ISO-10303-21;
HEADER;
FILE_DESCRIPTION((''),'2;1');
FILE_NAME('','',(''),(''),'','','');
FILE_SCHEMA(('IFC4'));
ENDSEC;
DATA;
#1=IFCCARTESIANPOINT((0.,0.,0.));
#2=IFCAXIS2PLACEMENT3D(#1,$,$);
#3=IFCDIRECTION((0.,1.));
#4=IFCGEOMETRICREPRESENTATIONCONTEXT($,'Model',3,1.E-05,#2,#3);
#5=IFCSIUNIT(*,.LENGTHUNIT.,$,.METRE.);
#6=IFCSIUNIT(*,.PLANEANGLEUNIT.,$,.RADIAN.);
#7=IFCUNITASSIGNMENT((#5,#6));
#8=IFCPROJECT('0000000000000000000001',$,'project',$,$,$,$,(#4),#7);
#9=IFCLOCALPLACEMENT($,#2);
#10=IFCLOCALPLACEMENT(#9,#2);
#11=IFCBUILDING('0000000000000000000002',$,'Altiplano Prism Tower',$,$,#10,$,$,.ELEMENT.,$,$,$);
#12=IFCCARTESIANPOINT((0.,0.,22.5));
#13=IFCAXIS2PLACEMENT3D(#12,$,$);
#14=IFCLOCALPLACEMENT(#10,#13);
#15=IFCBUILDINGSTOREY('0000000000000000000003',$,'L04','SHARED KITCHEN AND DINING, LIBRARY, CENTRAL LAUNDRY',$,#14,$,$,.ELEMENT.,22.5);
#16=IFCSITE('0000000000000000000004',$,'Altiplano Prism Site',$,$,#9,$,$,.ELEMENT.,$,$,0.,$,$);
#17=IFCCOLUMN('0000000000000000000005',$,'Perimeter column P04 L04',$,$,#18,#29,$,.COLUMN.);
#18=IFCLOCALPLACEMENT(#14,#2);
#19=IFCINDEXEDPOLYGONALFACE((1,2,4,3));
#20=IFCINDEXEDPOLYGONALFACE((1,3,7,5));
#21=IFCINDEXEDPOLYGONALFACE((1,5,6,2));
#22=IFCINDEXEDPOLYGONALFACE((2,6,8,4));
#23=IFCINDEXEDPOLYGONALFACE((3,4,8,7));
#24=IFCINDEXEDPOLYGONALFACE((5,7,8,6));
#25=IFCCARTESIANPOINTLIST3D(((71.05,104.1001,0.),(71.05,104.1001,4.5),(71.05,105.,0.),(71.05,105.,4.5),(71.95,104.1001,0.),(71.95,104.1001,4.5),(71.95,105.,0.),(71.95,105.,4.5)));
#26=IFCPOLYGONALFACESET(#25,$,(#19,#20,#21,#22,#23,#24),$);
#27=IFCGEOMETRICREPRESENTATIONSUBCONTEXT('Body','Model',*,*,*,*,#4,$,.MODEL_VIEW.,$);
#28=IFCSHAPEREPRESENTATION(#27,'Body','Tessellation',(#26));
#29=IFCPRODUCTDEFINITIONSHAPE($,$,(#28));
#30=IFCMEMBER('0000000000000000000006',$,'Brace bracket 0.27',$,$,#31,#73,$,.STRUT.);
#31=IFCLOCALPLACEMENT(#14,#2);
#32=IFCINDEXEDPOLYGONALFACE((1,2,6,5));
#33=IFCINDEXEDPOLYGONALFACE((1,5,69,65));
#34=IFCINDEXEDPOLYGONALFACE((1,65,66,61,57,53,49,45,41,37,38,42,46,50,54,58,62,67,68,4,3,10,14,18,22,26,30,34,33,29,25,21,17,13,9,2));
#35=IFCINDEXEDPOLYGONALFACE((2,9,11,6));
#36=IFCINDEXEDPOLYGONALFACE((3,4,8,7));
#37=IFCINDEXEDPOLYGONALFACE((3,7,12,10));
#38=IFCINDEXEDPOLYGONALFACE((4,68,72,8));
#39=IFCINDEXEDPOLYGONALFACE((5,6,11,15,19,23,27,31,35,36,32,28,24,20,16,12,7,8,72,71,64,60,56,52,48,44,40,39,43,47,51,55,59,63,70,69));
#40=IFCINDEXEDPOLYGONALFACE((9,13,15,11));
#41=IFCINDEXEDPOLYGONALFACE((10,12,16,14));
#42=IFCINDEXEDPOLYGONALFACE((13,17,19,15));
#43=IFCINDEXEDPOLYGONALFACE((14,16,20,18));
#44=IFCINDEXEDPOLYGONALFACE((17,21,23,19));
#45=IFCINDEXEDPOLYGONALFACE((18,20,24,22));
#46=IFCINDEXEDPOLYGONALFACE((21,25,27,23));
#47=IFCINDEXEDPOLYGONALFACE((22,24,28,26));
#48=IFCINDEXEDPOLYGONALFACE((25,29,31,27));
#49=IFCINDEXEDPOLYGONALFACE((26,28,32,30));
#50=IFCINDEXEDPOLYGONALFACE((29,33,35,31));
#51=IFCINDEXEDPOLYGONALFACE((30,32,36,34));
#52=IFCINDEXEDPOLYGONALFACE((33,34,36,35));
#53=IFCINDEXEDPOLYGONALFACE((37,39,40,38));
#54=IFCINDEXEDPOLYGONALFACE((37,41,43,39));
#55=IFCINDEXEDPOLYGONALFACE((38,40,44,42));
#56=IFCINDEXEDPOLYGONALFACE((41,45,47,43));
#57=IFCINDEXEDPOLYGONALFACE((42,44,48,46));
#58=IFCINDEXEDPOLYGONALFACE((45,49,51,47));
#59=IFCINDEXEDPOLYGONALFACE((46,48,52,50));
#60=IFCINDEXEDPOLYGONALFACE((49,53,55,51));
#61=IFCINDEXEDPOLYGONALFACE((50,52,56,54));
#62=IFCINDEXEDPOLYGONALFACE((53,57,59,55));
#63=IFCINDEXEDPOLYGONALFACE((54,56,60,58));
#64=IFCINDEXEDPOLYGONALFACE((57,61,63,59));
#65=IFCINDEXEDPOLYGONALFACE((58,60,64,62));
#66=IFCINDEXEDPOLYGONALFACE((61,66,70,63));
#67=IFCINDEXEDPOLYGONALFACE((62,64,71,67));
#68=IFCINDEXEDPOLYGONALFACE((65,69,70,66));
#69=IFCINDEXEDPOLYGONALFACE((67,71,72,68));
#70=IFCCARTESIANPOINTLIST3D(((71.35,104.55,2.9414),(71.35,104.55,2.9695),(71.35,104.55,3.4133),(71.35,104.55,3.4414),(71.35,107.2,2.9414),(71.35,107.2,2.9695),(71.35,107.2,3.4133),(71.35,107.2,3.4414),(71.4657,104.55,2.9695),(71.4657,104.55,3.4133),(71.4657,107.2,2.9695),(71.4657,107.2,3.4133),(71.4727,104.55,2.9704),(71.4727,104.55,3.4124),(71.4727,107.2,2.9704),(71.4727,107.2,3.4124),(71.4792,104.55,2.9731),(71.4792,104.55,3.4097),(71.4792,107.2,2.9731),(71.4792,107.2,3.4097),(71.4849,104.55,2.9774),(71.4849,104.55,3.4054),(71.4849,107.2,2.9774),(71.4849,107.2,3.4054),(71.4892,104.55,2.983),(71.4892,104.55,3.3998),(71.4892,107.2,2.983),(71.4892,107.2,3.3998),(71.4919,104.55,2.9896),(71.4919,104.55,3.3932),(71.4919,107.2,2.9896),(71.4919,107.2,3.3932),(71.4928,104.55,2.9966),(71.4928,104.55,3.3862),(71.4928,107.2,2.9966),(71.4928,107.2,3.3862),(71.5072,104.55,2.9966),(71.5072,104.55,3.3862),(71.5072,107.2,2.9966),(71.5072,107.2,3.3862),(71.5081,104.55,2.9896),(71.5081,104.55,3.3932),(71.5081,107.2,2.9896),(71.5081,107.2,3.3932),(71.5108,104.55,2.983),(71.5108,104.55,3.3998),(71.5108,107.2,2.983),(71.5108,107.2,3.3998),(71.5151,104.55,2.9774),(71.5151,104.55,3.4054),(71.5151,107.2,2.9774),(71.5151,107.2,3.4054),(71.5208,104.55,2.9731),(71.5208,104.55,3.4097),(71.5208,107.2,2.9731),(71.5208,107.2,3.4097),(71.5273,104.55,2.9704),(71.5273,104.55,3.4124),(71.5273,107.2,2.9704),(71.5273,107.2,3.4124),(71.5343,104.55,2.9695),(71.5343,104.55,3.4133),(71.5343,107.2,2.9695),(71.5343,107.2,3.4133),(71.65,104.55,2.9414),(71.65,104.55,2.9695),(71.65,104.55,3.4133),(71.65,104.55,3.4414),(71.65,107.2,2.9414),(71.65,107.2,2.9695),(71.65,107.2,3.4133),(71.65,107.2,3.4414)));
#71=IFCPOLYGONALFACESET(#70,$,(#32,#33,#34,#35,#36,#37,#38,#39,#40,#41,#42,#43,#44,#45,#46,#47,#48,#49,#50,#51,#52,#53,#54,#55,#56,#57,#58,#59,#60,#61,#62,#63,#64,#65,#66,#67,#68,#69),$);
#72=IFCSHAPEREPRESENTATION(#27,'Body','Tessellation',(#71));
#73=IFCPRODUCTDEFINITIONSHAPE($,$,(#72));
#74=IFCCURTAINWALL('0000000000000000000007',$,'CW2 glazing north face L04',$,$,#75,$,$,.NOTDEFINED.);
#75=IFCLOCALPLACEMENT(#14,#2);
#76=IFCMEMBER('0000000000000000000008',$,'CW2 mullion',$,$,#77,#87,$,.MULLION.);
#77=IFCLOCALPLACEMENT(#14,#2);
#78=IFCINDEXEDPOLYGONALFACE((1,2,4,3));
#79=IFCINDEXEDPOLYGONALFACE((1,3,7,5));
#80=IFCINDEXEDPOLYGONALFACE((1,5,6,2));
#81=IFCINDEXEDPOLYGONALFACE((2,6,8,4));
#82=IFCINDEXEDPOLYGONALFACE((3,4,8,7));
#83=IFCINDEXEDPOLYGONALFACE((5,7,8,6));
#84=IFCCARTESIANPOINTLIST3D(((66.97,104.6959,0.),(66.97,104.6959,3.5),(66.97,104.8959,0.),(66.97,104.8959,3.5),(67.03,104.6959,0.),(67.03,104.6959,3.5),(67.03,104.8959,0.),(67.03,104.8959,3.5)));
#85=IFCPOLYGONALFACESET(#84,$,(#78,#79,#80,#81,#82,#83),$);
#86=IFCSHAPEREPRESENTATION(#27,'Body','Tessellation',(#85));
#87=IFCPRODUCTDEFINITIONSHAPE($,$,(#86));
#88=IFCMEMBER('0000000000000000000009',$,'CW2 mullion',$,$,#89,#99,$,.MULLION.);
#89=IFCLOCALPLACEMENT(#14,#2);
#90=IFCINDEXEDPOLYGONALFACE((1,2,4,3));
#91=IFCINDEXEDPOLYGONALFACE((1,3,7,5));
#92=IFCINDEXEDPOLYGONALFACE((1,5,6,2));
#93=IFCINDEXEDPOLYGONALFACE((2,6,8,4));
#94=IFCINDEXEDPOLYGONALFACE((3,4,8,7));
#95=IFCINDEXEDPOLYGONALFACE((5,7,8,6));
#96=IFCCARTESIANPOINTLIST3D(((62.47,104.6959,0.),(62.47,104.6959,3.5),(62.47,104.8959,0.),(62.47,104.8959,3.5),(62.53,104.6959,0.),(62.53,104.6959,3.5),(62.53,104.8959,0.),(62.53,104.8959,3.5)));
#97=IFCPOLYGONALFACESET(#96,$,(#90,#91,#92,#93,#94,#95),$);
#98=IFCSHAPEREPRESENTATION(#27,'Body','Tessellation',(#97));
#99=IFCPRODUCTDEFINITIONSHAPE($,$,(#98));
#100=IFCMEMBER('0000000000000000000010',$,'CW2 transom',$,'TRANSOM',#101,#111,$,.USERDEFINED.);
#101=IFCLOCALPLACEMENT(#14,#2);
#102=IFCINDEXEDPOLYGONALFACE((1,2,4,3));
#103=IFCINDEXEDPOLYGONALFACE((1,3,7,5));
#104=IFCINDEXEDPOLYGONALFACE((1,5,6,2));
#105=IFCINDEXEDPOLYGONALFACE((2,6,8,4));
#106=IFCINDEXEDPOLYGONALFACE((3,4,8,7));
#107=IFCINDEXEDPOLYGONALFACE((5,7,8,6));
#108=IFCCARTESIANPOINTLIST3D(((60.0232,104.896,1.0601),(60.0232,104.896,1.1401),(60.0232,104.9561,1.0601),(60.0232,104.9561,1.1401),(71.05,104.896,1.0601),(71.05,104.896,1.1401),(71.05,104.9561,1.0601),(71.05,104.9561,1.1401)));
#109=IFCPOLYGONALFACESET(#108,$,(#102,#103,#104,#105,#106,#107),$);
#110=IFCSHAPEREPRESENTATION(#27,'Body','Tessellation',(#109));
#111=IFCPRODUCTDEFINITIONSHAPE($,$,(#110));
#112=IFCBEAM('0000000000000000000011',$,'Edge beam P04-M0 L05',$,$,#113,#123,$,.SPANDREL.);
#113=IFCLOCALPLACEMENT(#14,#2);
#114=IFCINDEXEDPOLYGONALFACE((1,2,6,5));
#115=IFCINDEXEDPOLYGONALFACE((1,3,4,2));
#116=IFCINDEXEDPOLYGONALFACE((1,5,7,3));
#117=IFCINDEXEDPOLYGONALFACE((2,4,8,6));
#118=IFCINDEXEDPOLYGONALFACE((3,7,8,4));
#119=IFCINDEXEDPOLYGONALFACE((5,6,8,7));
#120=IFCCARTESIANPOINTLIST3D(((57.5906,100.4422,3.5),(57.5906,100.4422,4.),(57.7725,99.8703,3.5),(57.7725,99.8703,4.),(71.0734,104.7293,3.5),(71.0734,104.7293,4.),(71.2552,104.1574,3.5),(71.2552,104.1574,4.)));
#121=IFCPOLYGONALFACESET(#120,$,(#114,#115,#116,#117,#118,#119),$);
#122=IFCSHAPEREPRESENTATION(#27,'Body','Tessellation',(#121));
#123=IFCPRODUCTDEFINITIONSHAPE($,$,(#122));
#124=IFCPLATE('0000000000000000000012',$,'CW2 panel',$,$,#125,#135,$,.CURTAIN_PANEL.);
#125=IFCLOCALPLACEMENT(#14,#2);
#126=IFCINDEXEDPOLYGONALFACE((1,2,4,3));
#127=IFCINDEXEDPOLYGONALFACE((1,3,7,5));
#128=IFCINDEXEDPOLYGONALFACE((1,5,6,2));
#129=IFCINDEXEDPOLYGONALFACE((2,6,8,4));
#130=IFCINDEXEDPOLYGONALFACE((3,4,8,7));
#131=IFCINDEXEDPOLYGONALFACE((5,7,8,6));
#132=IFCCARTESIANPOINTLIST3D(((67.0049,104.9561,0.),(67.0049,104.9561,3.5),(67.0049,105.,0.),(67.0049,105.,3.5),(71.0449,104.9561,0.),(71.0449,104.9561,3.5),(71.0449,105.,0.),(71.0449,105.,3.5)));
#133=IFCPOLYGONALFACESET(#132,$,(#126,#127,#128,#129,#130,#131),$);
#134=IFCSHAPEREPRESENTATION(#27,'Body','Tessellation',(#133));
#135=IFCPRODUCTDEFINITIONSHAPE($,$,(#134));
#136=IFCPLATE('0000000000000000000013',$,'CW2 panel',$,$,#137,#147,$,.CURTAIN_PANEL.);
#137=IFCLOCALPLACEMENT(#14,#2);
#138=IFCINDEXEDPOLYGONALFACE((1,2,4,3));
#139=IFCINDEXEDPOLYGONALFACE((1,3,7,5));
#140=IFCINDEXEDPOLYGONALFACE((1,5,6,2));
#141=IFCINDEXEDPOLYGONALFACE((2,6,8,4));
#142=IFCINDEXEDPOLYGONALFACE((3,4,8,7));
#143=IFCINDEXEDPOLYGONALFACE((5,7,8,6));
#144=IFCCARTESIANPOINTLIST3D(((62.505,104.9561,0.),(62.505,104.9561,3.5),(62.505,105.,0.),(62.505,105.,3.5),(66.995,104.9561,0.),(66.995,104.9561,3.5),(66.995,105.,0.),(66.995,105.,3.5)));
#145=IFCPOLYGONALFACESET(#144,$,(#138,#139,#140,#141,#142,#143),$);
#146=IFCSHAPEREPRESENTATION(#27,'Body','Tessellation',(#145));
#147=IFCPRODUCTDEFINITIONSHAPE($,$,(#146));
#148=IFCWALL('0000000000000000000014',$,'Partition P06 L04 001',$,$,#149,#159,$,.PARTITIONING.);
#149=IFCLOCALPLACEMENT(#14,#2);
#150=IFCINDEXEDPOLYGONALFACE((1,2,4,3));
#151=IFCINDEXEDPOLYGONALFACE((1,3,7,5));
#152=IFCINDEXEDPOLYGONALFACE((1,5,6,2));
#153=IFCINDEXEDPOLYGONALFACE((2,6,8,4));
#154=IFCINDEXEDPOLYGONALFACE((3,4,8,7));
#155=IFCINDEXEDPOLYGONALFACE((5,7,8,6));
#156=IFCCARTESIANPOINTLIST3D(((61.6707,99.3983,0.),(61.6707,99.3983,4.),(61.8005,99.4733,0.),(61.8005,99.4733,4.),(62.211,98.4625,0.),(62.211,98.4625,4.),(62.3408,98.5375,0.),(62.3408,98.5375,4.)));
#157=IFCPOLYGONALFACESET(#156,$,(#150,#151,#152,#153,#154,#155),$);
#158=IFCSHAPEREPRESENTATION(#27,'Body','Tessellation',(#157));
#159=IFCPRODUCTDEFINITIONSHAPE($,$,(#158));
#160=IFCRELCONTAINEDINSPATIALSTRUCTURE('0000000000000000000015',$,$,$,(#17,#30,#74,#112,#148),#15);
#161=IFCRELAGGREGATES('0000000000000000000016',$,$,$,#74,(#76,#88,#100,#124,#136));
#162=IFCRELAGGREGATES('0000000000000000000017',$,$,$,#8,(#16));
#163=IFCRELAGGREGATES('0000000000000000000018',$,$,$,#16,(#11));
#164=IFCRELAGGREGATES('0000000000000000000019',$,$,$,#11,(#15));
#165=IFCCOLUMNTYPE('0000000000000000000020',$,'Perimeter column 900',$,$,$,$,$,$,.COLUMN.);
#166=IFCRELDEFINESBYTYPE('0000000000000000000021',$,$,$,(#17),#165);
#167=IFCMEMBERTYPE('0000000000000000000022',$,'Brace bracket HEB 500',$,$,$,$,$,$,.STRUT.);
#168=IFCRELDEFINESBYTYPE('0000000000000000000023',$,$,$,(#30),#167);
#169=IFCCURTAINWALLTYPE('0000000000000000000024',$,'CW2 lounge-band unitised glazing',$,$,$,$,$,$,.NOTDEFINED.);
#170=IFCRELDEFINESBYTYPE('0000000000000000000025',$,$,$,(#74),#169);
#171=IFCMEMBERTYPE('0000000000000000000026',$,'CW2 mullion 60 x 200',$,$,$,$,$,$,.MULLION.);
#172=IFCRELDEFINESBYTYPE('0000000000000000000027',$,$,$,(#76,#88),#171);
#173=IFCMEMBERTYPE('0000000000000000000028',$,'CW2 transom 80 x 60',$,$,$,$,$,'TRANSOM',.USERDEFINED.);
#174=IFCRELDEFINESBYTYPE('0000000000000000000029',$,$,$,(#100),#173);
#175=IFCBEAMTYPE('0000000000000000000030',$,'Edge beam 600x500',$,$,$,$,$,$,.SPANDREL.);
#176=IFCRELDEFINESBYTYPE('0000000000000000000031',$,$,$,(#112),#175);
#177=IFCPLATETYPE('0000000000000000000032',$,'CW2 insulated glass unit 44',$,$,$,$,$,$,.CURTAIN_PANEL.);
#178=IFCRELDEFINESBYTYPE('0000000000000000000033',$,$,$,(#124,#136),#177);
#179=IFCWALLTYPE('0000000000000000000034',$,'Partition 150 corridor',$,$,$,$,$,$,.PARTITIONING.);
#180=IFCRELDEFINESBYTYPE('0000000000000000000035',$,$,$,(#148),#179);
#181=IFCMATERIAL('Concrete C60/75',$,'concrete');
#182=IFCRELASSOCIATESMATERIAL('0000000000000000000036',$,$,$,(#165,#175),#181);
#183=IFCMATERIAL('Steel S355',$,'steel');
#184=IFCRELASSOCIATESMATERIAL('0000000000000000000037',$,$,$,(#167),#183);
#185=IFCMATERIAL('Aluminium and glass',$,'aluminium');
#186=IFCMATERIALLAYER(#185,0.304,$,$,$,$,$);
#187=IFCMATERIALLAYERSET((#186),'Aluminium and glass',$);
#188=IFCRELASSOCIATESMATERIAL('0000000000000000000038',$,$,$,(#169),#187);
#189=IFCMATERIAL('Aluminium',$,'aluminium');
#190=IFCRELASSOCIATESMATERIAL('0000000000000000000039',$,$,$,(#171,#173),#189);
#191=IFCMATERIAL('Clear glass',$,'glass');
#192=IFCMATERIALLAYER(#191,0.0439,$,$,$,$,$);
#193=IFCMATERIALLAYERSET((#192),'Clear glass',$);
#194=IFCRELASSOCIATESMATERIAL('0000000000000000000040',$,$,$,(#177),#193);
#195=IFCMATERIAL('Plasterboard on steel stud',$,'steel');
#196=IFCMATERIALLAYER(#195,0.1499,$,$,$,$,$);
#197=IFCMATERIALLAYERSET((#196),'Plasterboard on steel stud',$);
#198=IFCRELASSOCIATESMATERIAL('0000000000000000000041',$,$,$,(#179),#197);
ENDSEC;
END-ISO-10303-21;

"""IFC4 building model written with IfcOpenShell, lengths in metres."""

from ifc_helpers import new_model, si_unit, direction, frame, frame_2d, origin, origin_2d, place, context, subcontext, project, spatial, rectangle, i_section, extrude, material, layer, layer_set, material_profile, profile_set, type_object, element, aggregate, save


model = new_model("IFC4")

# Units and contexts
model_context = context("Model", 3, precision=1e-05, world=origin(), true_north=direction((0.0, 1.0)))
body_context = subcontext(model_context, "Body", "Model", "MODEL_VIEW")
ifc_project = project(units=[si_unit("LENGTHUNIT", "METRE"), si_unit("PLANEANGLEUNIT", "RADIAN")], contexts=[model_context])

# Site, building, storey
site_placement = place(None, origin())
site = spatial("IfcSite", under=ifc_project, at=site_placement, Name="Altiplano Prism Site", CompositionType="ELEMENT", RefElevation=0.0)
building_placement = place(site_placement, origin())
building = spatial("IfcBuilding", under=site, at=building_placement, Name="Altiplano Prism Tower", CompositionType="ELEMENT")
storey_placement = place(building_placement, frame((0.0, 0.0, 22.5)))
storey = spatial("IfcBuildingStorey", under=building, at=storey_placement, Name="L04", Description="SHARED KITCHEN AND DINING, LIBRARY, CENTRAL LAUNDRY", CompositionType="ELEMENT", Elevation=22.5)

# Column
ifc_material_1 = material(Name="Concrete C60/75", Category="concrete")
ifc_material_profile_1 = material_profile(ifc_material_1, rectangle(XDim=0.8999, YDim=0.8999, at=origin_2d()), Name="Perimeter column 900")
ifc_profile_set_1 = profile_set([ifc_material_profile_1], Name="Concrete C60/75")
column_type = type_object("IfcColumnType", Name="Perimeter column 900", PredefinedType="COLUMN", material=ifc_profile_set_1)
column_placement = place(storey_placement, frame((71.5, 104.55, 0.0), z_axis=(0.0, 0.0, 1.0), x_axis=(1.0, 0.0, 0.0)))
element("IfcColumn", 1, at=column_placement, inside=storey, type_object=column_type, Name="Perimeter column P04 L04", PredefinedType="COLUMN", context=body_context, shape_type="SweptSolid", body=[
    extrude(rectangle(XDim=0.8999, YDim=0.8999, at=origin_2d()), origin(), (0.0, 0.0, 1.0), 4.5),
])

# Member
ifc_material_2 = material(Name="Steel S355", Category="steel")
ifc_material_profile_2 = material_profile(ifc_material_2, i_section(OverallWidth=0.3, OverallDepth=0.5, WebThickness=0.0144, FlangeThickness=0.0281, FilletRadius=0.0271, at=origin_2d()), Name="Brace bracket HEB 500")
ifc_profile_set_2 = profile_set([ifc_material_profile_2], Name="Steel S355")
member_type_1 = type_object("IfcMemberType", Name="Brace bracket HEB 500", PredefinedType="STRUT", material=ifc_profile_set_2)
member_1_placement = place(storey_placement, frame((71.5, 104.55, 3.1914), z_axis=(0.0, 1.0, 0.0), x_axis=(-1.0, 0.0, 0.0)))
element("IfcMember", 2, at=member_1_placement, inside=storey, type_object=member_type_1, Name="Brace bracket 0.27", PredefinedType="STRUT", context=body_context, shape_type="SweptSolid", body=[
    extrude(i_section(OverallWidth=0.3, OverallDepth=0.5, WebThickness=0.0144, FlangeThickness=0.0281, FilletRadius=0.0271, at=origin_2d()), origin(), (0.0, 0.0, 1.0), 2.6499),
])

# Curtain wall, members
ifc_material_3 = material(Name="Aluminium and glass", Category="aluminium")
ifc_layer_1 = layer(ifc_material_3, 0.304)
ifc_layer_set_1 = layer_set([ifc_layer_1], Name="Aluminium and glass")
curtain_wall_type = type_object("IfcCurtainWallType", Name="CW2 lounge-band unitised glazing", PredefinedType="NOTDEFINED", material=ifc_layer_set_1)
curtain_wall_placement = place(storey_placement, origin())
curtain_wall = element("IfcCurtainWall", 3, at=curtain_wall_placement, inside=storey, type_object=curtain_wall_type, Name="CW2 glazing north face L04", PredefinedType="NOTDEFINED")
ifc_material_4 = material(Name="Aluminium", Category="aluminium")
ifc_material_profile_3 = material_profile(ifc_material_4, rectangle(XDim=0.2, YDim=0.0601, at=origin_2d()), Name="CW2 mullion 60 x 200")
ifc_profile_set_3 = profile_set([ifc_material_profile_3], Name="Aluminium")
member_type_2 = type_object("IfcMemberType", Name="CW2 mullion 60 x 200", PredefinedType="MULLION", material=ifc_profile_set_3)
member_2_placement = place(storey_placement, frame((67.0, 104.7959, 0.0), z_axis=(0.0, 0.0, 1.0), x_axis=(0.0, -1.0, 0.0)))
member_2 = element("IfcMember", 4, at=member_2_placement, type_object=member_type_2, Name="CW2 mullion", PredefinedType="MULLION", context=body_context, shape_type="SweptSolid", body=[
    extrude(rectangle(XDim=0.2, YDim=0.0601, at=origin_2d()), origin(), (0.0, 0.0, 1.0), 3.5),
])
member_3_placement = place(storey_placement, frame((62.5, 104.7959, 0.0), z_axis=(0.0, 0.0, 1.0), x_axis=(0.0, -1.0, 0.0)))
member_3 = element("IfcMember", 5, at=member_3_placement, type_object=member_type_2, Name="CW2 mullion", PredefinedType="MULLION", context=body_context, shape_type="SweptSolid", body=[
    extrude(rectangle(XDim=0.2, YDim=0.0601, at=origin_2d()), origin(), (0.0, 0.0, 1.0), 3.5),
])
ifc_material_profile_4 = material_profile(ifc_material_4, rectangle(XDim=0.0601, YDim=0.0801, at=origin_2d()), Name="CW2 transom 80 x 60")
ifc_profile_set_4 = profile_set([ifc_material_profile_4], Name="Aluminium")
member_type_3 = type_object("IfcMemberType", Name="CW2 transom 80 x 60", ElementType="TRANSOM", PredefinedType="USERDEFINED", material=ifc_profile_set_4)
member_4_placement = place(storey_placement, frame((71.05, 104.926, 1.1001), z_axis=(-1.0, 0.0, 0.0), x_axis=(0.0, -1.0, 0.0)))
member_4 = element("IfcMember", 6, at=member_4_placement, type_object=member_type_3, Name="CW2 transom", ObjectType="TRANSOM", PredefinedType="USERDEFINED", context=body_context, shape_type="SweptSolid", body=[
    extrude(rectangle(XDim=0.0601, YDim=0.0801, at=origin_2d()), origin(), (0.0, 0.0, 1.0), 11.0269),
])

# Beam
ifc_material_profile_5 = material_profile(ifc_material_1, rectangle(XDim=0.6001, YDim=0.5, at=origin_2d()), Name="Edge beam 600x500")
ifc_profile_set_5 = profile_set([ifc_material_profile_5], Name="Concrete C60/75")
beam_type = type_object("IfcBeamType", Name="Edge beam 600x500", PredefinedType="SPANDREL", material=ifc_profile_set_5)
beam_placement = place(storey_placement, frame((71.1643, 104.4434, 3.75), z_axis=(-0.952984, -0.303022, 0.0), x_axis=(0.303022, -0.952984, 0.0)))
element("IfcBeam", 7, at=beam_placement, inside=storey, type_object=beam_type, Name="Edge beam P04-M0 L05", PredefinedType="SPANDREL", context=body_context, shape_type="SweptSolid", body=[
    extrude(rectangle(XDim=0.6001, YDim=0.5, at=origin_2d()), origin(), (0.0, 0.0, 1.0), 14.1479),
])

# Plates
ifc_material_5 = material(Name="Clear glass", Category="glass")
ifc_layer_2 = layer(ifc_material_5, 0.0439)
ifc_layer_set_2 = layer_set([ifc_layer_2], Name="Clear glass")
plate_type = type_object("IfcPlateType", Name="CW2 insulated glass unit 44", PredefinedType="CURTAIN_PANEL", material=ifc_layer_set_2)
plate_1_placement = place(storey_placement, frame((69.0249, 104.978, 0.0), z_axis=(0.0, 0.0, 1.0), x_axis=(-1.0, 0.0, 0.0)))
plate_1 = element("IfcPlate", 8, at=plate_1_placement, type_object=plate_type, Name="CW2 panel", PredefinedType="CURTAIN_PANEL", context=body_context, shape_type="SweptSolid", body=[
    extrude(rectangle(XDim=4.04, YDim=0.0439, at=origin_2d()), origin(), (0.0, 0.0, 1.0), 3.5),
])
plate_2_placement = place(storey_placement, frame((64.75, 104.978, 0.0), z_axis=(0.0, 0.0, 1.0), x_axis=(-1.0, 0.0, 0.0)))
plate_2 = element("IfcPlate", 9, at=plate_2_placement, type_object=plate_type, Name="CW2 panel", PredefinedType="CURTAIN_PANEL", context=body_context, shape_type="SweptSolid", body=[
    extrude(rectangle(XDim=4.49, YDim=0.0439, at=origin_2d()), origin(), (0.0, 0.0, 1.0), 3.5),
])
aggregate(curtain_wall, [member_2, member_3, member_4, plate_1, plate_2])

# Wall
ifc_material_6 = material(Name="Plasterboard on steel stud", Category="steel")
ifc_layer_3 = layer(ifc_material_6, 0.1499)
ifc_layer_set_3 = layer_set([ifc_layer_3], Name="Plasterboard on steel stud")
wall_type = type_object("IfcWallType", Name="Partition 150 corridor", PredefinedType="PARTITIONING", material=ifc_layer_set_3)
wall_1_placement = place(storey_placement, frame((61.7356, 99.4358, 0.0), z_axis=(0.0, 0.0, 1.0), x_axis=(0.500003, -0.866024, 0.0)))
element("IfcWall", 10, at=wall_1_placement, inside=storey, type_object=wall_type, Name="Partition P06 L04 001", PredefinedType="PARTITIONING", context=body_context, shape_type="SweptSolid", body=[
    extrude(rectangle(XDim=1.0806, YDim=0.1499, at=frame_2d((0.5403, 0.0))), origin(), (0.0, 0.0, 1.0), 4.0),
])

save(model, "model.ifc")
